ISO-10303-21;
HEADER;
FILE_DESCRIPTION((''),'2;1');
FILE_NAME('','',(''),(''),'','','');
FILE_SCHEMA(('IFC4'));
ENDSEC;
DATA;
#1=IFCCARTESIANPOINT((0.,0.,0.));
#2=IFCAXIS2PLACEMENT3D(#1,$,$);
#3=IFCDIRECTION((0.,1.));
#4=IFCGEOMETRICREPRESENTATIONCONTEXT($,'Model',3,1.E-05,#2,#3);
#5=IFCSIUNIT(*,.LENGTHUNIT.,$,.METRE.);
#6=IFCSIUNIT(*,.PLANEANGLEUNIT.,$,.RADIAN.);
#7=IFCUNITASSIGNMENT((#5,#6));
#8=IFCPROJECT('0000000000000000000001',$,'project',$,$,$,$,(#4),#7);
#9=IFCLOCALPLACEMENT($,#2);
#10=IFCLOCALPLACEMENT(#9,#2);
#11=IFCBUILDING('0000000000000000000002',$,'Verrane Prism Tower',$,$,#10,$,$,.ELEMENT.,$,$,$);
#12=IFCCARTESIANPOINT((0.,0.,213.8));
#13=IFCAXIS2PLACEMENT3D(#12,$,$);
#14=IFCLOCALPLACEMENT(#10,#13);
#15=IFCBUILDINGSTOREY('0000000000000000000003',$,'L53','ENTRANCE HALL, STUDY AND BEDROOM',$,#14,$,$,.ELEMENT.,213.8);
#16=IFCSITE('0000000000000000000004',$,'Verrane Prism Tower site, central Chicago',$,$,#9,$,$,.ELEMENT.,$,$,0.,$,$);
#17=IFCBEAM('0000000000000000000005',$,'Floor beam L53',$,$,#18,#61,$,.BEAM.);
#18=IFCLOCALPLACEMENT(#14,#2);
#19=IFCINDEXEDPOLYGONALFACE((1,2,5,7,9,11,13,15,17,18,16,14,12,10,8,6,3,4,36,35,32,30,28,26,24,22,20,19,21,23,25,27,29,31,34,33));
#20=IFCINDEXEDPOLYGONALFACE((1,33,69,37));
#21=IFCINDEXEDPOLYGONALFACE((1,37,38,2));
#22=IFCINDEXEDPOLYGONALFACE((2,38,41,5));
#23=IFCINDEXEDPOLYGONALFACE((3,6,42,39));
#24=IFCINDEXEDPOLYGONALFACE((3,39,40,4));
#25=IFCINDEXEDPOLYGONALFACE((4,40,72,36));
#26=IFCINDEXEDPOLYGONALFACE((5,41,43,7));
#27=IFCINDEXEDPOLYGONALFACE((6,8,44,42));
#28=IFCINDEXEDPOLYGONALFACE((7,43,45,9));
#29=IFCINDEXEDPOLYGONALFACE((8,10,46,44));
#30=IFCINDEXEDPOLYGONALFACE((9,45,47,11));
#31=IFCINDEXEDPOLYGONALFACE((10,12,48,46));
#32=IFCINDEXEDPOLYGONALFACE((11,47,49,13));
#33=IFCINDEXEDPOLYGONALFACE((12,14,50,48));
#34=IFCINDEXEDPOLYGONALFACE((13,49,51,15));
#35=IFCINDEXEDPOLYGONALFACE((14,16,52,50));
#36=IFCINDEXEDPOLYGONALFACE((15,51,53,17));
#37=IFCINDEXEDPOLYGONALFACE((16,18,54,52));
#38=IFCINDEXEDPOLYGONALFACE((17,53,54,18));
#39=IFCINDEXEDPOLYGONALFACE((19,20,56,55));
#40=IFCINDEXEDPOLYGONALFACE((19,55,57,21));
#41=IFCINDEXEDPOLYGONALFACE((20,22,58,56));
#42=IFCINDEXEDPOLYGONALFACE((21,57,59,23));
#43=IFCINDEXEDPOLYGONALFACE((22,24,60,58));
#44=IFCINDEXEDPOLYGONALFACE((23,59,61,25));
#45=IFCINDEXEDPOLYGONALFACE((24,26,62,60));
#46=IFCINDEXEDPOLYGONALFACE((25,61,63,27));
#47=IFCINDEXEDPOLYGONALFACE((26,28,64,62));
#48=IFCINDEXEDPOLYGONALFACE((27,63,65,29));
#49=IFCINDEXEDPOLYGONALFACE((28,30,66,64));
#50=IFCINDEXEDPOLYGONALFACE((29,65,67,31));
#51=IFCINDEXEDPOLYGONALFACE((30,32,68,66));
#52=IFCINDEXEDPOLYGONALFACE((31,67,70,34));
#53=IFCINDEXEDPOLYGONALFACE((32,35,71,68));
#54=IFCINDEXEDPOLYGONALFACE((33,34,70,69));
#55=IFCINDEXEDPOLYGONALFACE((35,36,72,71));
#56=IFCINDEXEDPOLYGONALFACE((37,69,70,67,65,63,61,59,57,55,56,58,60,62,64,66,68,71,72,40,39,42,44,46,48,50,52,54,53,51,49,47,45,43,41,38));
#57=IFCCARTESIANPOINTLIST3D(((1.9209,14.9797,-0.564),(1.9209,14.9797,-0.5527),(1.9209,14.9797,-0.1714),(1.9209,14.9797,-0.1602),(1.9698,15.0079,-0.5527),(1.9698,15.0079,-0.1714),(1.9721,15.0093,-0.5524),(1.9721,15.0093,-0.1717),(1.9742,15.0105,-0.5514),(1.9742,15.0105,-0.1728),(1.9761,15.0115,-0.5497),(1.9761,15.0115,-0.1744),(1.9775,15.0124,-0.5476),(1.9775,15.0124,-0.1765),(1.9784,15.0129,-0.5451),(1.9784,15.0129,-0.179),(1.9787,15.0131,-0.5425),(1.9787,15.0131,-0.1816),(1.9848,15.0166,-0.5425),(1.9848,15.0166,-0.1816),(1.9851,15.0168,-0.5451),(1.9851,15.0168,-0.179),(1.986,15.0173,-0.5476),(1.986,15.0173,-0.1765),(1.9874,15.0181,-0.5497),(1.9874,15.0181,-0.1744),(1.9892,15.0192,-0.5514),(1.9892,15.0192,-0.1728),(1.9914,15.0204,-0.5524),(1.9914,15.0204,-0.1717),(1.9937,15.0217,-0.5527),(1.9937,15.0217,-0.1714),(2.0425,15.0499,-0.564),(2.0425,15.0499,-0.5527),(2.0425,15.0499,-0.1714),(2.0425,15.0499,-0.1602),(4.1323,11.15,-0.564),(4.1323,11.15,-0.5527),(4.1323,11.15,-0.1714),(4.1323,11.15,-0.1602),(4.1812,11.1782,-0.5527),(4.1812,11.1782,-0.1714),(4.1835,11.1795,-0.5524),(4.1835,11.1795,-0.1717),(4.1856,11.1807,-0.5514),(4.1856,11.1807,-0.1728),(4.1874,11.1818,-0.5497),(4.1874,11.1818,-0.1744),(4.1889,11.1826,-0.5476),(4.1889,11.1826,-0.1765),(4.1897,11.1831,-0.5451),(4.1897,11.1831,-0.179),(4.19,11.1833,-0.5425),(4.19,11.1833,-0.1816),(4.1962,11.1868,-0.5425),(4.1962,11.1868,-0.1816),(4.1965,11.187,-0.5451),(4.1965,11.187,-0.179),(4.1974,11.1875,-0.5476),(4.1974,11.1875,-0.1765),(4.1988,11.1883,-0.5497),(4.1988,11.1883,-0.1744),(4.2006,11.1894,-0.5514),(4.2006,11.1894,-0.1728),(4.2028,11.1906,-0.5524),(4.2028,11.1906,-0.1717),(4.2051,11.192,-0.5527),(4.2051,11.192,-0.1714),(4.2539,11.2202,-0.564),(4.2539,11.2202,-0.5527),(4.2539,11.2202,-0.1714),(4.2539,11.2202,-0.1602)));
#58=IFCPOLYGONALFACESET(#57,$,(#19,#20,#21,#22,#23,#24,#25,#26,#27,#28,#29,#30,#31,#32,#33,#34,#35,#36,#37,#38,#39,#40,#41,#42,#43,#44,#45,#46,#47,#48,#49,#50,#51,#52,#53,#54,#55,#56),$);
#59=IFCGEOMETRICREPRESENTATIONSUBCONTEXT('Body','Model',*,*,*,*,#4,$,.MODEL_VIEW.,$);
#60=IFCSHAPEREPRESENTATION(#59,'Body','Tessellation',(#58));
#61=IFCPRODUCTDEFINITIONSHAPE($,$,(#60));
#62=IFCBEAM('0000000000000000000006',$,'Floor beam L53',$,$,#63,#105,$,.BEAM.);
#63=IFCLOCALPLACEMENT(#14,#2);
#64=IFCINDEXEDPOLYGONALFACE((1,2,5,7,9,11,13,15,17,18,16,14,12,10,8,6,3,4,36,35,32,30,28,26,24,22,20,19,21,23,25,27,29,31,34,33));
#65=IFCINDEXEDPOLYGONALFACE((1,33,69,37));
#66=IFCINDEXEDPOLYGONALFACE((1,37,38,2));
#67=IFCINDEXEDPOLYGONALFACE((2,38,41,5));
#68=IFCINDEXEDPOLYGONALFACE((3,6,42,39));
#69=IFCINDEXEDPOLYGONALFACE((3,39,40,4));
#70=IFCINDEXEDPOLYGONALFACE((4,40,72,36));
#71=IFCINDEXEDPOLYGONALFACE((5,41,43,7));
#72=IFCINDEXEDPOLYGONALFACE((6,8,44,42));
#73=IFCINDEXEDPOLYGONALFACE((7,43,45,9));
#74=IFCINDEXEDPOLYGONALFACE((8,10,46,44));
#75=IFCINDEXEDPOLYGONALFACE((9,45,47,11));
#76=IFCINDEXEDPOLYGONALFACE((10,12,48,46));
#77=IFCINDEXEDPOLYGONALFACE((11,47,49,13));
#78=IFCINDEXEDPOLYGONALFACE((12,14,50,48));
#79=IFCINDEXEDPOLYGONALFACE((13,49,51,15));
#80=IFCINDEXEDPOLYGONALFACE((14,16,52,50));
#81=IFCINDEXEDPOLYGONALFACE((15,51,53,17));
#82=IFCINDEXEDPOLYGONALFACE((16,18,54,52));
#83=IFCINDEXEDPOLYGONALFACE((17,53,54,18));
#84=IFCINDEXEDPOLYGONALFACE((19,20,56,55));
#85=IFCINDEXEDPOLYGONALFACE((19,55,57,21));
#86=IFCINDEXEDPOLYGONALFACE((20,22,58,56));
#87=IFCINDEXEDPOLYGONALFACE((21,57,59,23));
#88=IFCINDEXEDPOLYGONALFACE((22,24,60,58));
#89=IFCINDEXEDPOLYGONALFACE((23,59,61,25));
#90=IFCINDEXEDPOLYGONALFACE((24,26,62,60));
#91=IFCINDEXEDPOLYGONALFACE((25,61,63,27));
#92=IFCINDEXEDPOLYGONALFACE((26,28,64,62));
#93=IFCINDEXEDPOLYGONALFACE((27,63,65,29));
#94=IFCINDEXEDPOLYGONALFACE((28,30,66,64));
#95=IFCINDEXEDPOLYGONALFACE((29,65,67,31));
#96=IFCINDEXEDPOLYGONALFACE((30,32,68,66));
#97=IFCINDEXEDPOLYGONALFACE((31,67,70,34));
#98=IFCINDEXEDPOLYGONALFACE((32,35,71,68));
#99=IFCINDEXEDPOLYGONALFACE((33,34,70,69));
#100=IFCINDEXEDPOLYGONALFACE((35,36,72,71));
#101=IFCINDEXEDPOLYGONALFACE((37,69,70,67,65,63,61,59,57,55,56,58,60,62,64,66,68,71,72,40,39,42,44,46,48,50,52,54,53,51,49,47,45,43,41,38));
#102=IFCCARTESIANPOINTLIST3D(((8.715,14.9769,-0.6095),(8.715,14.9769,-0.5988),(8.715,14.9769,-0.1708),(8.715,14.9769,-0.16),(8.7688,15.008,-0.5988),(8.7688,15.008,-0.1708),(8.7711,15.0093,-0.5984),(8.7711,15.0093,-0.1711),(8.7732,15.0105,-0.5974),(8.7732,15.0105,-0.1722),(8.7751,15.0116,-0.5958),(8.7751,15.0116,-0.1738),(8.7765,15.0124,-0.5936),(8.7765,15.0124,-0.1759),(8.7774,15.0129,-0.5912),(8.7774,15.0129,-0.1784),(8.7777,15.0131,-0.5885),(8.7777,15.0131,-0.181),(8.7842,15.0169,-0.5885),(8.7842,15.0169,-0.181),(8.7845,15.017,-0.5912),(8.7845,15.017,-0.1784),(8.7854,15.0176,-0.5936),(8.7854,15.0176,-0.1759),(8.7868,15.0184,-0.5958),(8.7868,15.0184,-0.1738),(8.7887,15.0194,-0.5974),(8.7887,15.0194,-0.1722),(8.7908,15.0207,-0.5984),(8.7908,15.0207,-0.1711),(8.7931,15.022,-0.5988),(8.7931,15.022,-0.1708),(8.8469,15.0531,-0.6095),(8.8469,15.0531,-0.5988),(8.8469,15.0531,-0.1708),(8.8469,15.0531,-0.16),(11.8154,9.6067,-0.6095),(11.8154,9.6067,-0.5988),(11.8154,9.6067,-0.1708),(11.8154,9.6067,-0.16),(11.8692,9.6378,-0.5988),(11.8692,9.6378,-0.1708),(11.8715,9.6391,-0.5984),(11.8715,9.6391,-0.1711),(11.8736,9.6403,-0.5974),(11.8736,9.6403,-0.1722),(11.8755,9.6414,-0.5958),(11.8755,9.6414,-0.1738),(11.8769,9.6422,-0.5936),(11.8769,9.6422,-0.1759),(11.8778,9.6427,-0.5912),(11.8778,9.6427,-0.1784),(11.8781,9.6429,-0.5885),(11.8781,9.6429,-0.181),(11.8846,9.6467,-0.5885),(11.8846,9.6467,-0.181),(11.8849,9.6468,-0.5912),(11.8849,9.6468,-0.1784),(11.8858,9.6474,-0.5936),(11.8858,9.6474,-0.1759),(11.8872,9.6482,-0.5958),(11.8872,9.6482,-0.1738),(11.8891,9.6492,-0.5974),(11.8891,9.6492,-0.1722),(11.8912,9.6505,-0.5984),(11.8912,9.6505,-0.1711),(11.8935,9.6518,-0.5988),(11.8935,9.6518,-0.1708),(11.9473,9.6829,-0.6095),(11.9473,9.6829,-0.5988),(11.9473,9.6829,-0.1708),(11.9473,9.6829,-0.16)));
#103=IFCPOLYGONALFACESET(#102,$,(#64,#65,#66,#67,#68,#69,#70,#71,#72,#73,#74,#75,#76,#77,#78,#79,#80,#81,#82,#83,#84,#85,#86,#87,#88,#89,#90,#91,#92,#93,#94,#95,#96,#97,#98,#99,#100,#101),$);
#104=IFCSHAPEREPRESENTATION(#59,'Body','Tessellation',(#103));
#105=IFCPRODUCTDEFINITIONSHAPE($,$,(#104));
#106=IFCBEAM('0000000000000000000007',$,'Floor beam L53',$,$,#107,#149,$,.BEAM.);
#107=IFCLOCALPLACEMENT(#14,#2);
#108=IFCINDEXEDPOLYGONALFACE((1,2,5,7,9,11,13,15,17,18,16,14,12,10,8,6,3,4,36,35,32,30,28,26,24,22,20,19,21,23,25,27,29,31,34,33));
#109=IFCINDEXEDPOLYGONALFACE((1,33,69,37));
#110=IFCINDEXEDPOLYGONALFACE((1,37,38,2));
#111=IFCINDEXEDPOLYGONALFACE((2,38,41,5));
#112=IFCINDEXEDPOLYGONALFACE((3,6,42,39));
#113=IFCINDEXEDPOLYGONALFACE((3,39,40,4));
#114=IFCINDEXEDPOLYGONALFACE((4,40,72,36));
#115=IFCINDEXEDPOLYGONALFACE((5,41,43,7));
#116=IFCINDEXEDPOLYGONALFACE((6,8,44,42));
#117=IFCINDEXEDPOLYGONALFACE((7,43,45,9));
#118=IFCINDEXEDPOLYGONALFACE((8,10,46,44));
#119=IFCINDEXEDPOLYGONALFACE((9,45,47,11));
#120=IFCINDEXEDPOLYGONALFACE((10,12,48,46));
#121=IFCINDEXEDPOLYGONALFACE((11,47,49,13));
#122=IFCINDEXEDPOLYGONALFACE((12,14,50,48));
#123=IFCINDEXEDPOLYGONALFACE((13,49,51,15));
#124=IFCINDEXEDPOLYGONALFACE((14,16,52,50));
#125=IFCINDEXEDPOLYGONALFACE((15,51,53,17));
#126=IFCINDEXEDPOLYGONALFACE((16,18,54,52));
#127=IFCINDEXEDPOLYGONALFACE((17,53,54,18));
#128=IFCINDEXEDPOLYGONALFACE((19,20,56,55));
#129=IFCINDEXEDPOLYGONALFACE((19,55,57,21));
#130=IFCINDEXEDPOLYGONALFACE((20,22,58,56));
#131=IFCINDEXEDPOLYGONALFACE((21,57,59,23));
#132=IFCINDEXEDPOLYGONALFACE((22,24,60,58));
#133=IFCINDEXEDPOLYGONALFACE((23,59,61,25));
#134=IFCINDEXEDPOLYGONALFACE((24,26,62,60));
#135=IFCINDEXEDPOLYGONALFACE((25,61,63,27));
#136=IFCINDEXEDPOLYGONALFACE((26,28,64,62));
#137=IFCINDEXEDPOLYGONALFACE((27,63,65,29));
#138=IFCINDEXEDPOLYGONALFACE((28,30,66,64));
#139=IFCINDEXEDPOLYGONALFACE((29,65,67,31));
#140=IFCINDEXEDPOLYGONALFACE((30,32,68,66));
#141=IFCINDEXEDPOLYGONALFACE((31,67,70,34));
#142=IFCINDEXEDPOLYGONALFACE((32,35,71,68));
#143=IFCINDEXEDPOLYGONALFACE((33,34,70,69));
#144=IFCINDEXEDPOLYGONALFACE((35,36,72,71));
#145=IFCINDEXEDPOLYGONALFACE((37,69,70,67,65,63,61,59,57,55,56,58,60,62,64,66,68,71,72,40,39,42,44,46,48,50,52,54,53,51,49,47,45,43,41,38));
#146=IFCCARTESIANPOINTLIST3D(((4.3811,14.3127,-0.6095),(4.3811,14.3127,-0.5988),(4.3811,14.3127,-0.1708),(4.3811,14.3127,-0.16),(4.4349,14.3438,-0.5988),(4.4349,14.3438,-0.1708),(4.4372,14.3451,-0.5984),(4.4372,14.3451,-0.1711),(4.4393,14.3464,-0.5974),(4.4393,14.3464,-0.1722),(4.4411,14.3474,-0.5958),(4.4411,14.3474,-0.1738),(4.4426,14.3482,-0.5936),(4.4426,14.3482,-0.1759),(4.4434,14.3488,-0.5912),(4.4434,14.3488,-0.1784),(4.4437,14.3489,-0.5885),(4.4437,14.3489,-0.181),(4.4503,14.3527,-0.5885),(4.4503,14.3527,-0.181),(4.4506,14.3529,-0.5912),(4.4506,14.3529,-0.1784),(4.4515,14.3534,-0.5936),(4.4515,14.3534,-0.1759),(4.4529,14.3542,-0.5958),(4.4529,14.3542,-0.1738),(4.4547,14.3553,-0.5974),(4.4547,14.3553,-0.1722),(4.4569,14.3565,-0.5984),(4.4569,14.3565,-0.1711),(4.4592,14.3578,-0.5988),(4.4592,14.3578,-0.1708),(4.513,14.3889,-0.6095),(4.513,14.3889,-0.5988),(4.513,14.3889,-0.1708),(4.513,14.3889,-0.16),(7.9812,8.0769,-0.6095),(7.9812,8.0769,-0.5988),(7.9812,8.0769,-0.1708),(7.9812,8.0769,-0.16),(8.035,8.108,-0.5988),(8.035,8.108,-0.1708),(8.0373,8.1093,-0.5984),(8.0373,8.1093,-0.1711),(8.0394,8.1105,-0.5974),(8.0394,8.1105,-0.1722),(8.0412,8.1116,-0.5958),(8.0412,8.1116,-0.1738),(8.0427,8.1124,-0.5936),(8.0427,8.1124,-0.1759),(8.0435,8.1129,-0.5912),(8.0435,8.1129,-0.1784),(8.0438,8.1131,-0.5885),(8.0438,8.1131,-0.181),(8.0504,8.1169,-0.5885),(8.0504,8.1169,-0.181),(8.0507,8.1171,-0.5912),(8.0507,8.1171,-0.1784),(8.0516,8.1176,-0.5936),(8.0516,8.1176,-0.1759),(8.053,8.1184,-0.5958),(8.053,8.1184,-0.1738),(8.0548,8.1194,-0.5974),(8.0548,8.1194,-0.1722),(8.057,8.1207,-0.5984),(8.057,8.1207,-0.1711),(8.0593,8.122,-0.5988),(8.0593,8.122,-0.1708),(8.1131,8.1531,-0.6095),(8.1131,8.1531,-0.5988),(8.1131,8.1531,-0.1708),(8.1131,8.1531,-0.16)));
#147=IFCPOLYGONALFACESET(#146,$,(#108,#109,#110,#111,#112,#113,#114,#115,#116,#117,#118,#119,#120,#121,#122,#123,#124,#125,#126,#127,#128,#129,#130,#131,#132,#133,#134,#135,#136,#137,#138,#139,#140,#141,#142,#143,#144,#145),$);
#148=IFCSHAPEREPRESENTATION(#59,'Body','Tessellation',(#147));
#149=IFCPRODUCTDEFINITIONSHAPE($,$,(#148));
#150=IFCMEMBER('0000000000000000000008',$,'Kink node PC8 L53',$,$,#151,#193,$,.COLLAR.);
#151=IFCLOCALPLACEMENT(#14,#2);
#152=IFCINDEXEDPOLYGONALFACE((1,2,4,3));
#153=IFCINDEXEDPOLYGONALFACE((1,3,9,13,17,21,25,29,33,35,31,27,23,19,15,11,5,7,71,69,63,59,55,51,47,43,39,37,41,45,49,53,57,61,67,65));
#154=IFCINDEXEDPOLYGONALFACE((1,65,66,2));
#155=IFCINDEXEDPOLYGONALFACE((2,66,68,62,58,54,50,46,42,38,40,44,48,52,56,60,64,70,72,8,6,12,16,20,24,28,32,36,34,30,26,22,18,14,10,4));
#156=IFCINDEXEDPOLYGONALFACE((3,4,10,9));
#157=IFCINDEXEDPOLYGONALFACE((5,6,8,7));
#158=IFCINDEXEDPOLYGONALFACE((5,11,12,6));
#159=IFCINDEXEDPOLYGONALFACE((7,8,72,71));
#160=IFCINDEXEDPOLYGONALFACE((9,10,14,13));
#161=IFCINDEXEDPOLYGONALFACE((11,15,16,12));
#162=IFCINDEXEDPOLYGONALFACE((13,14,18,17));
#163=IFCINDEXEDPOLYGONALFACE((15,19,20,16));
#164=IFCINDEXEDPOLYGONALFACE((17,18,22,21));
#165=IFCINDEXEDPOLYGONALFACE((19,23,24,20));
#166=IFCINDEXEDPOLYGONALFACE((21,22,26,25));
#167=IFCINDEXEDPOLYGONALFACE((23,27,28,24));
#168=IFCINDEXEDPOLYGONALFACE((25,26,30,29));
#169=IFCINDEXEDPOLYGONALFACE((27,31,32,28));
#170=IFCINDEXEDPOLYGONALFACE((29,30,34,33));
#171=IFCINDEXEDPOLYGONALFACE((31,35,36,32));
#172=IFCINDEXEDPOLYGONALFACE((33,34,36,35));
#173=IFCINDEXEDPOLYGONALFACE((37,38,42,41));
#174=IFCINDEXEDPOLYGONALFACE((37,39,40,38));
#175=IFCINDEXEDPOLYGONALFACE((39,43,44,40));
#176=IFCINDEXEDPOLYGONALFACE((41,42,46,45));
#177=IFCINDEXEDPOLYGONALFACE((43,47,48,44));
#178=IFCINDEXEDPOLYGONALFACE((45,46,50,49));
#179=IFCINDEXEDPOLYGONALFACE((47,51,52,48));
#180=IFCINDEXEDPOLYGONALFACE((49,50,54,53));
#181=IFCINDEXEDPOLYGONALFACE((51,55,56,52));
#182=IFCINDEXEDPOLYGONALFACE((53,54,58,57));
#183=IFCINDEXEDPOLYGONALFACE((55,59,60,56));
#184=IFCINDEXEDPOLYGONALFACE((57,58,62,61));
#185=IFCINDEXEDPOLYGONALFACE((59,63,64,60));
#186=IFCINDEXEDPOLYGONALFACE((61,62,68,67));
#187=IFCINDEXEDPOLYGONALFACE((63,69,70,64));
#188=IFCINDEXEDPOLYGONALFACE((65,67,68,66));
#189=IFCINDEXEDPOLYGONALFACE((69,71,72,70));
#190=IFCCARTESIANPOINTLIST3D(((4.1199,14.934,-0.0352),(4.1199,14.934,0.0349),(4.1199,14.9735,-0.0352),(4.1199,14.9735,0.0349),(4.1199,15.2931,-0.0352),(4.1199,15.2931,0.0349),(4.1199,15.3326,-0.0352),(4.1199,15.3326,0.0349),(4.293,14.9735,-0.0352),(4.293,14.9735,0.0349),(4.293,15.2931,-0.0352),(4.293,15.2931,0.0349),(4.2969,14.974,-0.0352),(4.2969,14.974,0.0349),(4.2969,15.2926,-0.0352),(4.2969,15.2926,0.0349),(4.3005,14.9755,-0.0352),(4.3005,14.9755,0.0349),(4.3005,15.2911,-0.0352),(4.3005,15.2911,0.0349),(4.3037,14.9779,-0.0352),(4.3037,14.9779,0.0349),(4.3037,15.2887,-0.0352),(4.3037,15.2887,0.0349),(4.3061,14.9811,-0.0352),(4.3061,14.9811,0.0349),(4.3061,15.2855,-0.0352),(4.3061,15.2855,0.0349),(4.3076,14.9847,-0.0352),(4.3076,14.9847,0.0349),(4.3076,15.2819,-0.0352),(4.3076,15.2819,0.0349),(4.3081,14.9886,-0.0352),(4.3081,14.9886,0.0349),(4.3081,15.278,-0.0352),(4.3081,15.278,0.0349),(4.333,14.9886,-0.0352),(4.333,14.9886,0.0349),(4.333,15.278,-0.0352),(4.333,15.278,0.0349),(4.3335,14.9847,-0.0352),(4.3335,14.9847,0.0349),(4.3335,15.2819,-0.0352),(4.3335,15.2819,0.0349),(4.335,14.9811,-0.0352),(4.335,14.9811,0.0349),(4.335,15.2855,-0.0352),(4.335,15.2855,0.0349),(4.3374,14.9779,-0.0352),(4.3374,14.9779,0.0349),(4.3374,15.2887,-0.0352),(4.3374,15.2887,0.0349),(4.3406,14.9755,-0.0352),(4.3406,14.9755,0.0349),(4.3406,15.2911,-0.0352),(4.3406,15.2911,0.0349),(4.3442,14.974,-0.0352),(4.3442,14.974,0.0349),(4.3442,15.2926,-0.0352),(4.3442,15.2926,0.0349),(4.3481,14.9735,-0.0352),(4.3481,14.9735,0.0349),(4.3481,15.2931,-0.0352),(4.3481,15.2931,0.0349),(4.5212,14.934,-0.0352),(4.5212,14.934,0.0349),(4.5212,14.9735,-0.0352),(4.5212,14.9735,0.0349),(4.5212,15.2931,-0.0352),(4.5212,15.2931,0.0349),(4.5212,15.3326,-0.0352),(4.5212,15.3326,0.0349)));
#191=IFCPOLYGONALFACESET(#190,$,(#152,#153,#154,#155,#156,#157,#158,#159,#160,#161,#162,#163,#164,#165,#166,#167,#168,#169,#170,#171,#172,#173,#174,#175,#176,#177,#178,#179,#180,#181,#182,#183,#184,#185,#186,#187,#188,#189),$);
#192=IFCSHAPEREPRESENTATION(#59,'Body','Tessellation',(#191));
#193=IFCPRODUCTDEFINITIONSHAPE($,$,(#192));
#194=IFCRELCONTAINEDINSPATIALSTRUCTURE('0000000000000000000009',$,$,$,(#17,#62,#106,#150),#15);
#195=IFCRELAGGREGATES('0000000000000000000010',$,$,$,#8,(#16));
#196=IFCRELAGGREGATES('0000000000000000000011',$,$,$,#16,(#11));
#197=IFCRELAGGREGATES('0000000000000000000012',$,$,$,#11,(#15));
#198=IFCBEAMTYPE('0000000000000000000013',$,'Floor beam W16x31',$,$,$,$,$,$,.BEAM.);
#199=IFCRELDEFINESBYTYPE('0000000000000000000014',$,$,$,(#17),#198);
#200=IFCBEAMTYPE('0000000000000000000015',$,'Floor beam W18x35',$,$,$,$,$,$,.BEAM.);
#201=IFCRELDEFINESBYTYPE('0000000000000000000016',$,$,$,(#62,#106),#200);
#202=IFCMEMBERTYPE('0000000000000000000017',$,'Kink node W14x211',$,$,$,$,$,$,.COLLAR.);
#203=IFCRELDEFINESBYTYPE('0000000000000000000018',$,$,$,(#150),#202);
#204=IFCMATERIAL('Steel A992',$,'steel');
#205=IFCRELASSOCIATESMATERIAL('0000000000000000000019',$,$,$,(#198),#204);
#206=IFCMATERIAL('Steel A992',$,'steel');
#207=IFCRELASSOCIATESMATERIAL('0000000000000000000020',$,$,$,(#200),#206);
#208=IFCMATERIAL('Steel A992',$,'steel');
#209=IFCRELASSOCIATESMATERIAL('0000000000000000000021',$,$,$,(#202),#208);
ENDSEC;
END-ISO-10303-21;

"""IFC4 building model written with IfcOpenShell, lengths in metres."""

from ifc_helpers import new_model, si_unit, direction, frame, origin, origin_2d, place, context, subcontext, project, spatial, i_section, extrude, material, material_profile, profile_set, type_object, element, save


model = new_model("IFC4")

# Units and contexts
model_context = context("Model", 3, precision=1e-05, world=origin(), true_north=direction((0.0, 1.0)))
body_context = subcontext(model_context, "Body", "Model", "MODEL_VIEW")
ifc_project = project(units=[si_unit("LENGTHUNIT", "METRE"), si_unit("PLANEANGLEUNIT", "RADIAN")], contexts=[model_context])

# Site, building, storey
site_placement = place(None, origin())
site = spatial("IfcSite", under=ifc_project, at=site_placement, Name="Verrane Prism Tower site, central Chicago", CompositionType="ELEMENT", RefElevation=0.0)
building_placement = place(site_placement, origin())
building = spatial("IfcBuilding", under=site, at=building_placement, Name="Verrane Prism Tower", CompositionType="ELEMENT")
storey_placement = place(building_placement, frame((0.0, 0.0, 213.8)))
storey = spatial("IfcBuildingStorey", under=building, at=storey_placement, Name="L53", Description="ENTRANCE HALL, STUDY AND BEDROOM", CompositionType="ELEMENT", Elevation=213.8)

# Beams
ifc_material_1 = material(Name="Steel A992", Category="steel")
ifc_material_profile_1 = material_profile(ifc_material_1, i_section(OverallWidth=0.1404, OverallDepth=0.4038, WebThickness=0.0071, FlangeThickness=0.0112, FilletRadius=0.0103, at=origin_2d()), Name="W16x31")
ifc_profile_set_1 = profile_set([ifc_material_profile_1], Name="Steel A992")
beam_type_1 = type_object("IfcBeamType", Name="Floor beam W16x31", PredefinedType="BEAM", material=ifc_profile_set_1)
beam_1_placement = place(storey_placement, frame((4.1931, 11.1851, -0.3621), z_axis=(-0.500046, 0.865999, 0.0), x_axis=(-0.865999, -0.500046, 0.0)))
element("IfcBeam", 1, at=beam_1_placement, inside=storey, type_object=beam_type_1, Name="Floor beam L53", PredefinedType="BEAM", context=body_context, shape_type="SweptSolid", body=[
    extrude(i_section(OverallWidth=0.1404, OverallDepth=0.4038, WebThickness=0.0071, FlangeThickness=0.0112, FilletRadius=0.0103, at=origin_2d()), origin(), (0.0, 0.0, 1.0), 4.4224),
])
ifc_material_2 = material(Name="Steel A992", Category="steel")
ifc_material_profile_2 = material_profile(ifc_material_2, i_section(OverallWidth=0.1523, OverallDepth=0.4495, WebThickness=0.0076, FlangeThickness=0.0107, FilletRadius=0.0103, at=origin_2d()), Name="W18x35")
ifc_profile_set_2 = profile_set([ifc_material_profile_2], Name="Steel A992")
beam_type_2 = type_object("IfcBeamType", Name="Floor beam W18x35", PredefinedType="BEAM", material=ifc_profile_set_2)
beam_2_placement = place(storey_placement, frame((11.8813, 9.6448, -0.3848), z_axis=(-0.499988, 0.866032, 0.0), x_axis=(-0.866032, -0.499988, 0.0)))
element("IfcBeam", 2, at=beam_2_placement, inside=storey, type_object=beam_type_2, Name="Floor beam L53", PredefinedType="BEAM", context=body_context, shape_type="SweptSolid", body=[
    extrude(i_section(OverallWidth=0.1523, OverallDepth=0.4495, WebThickness=0.0076, FlangeThickness=0.0107, FilletRadius=0.0103, at=origin_2d()), origin(), (0.0, 0.0, 1.0), 6.2009),
])
beam_3_placement = place(storey_placement, frame((8.0471, 8.115, -0.3848), z_axis=(-0.499983, 0.866035, 0.0), x_axis=(-0.866035, -0.499983, 0.0)))
element("IfcBeam", 3, at=beam_3_placement, inside=storey, type_object=beam_type_2, Name="Floor beam L53", PredefinedType="BEAM", context=body_context, shape_type="SweptSolid", body=[
    extrude(i_section(OverallWidth=0.1523, OverallDepth=0.4495, WebThickness=0.0076, FlangeThickness=0.0107, FilletRadius=0.0103, at=origin_2d()), origin(), (0.0, 0.0, 1.0), 7.2004),
])

# Member
ifc_material_3 = material(Name="Steel A992", Category="steel")
ifc_material_profile_3 = material_profile(ifc_material_3, i_section(OverallWidth=0.4014, OverallDepth=0.3987, WebThickness=0.0249, FlangeThickness=0.0396, FilletRadius=0.0151, at=origin_2d()), Name="W14x211")
ifc_profile_set_3 = profile_set([ifc_material_profile_3], Name="Steel A992")
member_type_1 = type_object("IfcMemberType", Name="Kink node W14x211", PredefinedType="COLLAR", material=ifc_profile_set_3)
member_1_placement = place(storey_placement, frame((4.3206, 15.1333, -0.0352), z_axis=(0.0, 0.0, 1.0), x_axis=(1.0, 0.0, 0.0)))
element("IfcMember", 4, at=member_1_placement, inside=storey, type_object=member_type_1, Name="Kink node PC8 L53", PredefinedType="COLLAR", context=body_context, shape_type="SweptSolid", body=[
    extrude(i_section(OverallWidth=0.4014, OverallDepth=0.3987, WebThickness=0.0249, FlangeThickness=0.0396, FilletRadius=0.0151, at=origin_2d()), origin(), (0.0, 0.0, 1.0), 0.0701),
])

save(model, "model.ifc")
